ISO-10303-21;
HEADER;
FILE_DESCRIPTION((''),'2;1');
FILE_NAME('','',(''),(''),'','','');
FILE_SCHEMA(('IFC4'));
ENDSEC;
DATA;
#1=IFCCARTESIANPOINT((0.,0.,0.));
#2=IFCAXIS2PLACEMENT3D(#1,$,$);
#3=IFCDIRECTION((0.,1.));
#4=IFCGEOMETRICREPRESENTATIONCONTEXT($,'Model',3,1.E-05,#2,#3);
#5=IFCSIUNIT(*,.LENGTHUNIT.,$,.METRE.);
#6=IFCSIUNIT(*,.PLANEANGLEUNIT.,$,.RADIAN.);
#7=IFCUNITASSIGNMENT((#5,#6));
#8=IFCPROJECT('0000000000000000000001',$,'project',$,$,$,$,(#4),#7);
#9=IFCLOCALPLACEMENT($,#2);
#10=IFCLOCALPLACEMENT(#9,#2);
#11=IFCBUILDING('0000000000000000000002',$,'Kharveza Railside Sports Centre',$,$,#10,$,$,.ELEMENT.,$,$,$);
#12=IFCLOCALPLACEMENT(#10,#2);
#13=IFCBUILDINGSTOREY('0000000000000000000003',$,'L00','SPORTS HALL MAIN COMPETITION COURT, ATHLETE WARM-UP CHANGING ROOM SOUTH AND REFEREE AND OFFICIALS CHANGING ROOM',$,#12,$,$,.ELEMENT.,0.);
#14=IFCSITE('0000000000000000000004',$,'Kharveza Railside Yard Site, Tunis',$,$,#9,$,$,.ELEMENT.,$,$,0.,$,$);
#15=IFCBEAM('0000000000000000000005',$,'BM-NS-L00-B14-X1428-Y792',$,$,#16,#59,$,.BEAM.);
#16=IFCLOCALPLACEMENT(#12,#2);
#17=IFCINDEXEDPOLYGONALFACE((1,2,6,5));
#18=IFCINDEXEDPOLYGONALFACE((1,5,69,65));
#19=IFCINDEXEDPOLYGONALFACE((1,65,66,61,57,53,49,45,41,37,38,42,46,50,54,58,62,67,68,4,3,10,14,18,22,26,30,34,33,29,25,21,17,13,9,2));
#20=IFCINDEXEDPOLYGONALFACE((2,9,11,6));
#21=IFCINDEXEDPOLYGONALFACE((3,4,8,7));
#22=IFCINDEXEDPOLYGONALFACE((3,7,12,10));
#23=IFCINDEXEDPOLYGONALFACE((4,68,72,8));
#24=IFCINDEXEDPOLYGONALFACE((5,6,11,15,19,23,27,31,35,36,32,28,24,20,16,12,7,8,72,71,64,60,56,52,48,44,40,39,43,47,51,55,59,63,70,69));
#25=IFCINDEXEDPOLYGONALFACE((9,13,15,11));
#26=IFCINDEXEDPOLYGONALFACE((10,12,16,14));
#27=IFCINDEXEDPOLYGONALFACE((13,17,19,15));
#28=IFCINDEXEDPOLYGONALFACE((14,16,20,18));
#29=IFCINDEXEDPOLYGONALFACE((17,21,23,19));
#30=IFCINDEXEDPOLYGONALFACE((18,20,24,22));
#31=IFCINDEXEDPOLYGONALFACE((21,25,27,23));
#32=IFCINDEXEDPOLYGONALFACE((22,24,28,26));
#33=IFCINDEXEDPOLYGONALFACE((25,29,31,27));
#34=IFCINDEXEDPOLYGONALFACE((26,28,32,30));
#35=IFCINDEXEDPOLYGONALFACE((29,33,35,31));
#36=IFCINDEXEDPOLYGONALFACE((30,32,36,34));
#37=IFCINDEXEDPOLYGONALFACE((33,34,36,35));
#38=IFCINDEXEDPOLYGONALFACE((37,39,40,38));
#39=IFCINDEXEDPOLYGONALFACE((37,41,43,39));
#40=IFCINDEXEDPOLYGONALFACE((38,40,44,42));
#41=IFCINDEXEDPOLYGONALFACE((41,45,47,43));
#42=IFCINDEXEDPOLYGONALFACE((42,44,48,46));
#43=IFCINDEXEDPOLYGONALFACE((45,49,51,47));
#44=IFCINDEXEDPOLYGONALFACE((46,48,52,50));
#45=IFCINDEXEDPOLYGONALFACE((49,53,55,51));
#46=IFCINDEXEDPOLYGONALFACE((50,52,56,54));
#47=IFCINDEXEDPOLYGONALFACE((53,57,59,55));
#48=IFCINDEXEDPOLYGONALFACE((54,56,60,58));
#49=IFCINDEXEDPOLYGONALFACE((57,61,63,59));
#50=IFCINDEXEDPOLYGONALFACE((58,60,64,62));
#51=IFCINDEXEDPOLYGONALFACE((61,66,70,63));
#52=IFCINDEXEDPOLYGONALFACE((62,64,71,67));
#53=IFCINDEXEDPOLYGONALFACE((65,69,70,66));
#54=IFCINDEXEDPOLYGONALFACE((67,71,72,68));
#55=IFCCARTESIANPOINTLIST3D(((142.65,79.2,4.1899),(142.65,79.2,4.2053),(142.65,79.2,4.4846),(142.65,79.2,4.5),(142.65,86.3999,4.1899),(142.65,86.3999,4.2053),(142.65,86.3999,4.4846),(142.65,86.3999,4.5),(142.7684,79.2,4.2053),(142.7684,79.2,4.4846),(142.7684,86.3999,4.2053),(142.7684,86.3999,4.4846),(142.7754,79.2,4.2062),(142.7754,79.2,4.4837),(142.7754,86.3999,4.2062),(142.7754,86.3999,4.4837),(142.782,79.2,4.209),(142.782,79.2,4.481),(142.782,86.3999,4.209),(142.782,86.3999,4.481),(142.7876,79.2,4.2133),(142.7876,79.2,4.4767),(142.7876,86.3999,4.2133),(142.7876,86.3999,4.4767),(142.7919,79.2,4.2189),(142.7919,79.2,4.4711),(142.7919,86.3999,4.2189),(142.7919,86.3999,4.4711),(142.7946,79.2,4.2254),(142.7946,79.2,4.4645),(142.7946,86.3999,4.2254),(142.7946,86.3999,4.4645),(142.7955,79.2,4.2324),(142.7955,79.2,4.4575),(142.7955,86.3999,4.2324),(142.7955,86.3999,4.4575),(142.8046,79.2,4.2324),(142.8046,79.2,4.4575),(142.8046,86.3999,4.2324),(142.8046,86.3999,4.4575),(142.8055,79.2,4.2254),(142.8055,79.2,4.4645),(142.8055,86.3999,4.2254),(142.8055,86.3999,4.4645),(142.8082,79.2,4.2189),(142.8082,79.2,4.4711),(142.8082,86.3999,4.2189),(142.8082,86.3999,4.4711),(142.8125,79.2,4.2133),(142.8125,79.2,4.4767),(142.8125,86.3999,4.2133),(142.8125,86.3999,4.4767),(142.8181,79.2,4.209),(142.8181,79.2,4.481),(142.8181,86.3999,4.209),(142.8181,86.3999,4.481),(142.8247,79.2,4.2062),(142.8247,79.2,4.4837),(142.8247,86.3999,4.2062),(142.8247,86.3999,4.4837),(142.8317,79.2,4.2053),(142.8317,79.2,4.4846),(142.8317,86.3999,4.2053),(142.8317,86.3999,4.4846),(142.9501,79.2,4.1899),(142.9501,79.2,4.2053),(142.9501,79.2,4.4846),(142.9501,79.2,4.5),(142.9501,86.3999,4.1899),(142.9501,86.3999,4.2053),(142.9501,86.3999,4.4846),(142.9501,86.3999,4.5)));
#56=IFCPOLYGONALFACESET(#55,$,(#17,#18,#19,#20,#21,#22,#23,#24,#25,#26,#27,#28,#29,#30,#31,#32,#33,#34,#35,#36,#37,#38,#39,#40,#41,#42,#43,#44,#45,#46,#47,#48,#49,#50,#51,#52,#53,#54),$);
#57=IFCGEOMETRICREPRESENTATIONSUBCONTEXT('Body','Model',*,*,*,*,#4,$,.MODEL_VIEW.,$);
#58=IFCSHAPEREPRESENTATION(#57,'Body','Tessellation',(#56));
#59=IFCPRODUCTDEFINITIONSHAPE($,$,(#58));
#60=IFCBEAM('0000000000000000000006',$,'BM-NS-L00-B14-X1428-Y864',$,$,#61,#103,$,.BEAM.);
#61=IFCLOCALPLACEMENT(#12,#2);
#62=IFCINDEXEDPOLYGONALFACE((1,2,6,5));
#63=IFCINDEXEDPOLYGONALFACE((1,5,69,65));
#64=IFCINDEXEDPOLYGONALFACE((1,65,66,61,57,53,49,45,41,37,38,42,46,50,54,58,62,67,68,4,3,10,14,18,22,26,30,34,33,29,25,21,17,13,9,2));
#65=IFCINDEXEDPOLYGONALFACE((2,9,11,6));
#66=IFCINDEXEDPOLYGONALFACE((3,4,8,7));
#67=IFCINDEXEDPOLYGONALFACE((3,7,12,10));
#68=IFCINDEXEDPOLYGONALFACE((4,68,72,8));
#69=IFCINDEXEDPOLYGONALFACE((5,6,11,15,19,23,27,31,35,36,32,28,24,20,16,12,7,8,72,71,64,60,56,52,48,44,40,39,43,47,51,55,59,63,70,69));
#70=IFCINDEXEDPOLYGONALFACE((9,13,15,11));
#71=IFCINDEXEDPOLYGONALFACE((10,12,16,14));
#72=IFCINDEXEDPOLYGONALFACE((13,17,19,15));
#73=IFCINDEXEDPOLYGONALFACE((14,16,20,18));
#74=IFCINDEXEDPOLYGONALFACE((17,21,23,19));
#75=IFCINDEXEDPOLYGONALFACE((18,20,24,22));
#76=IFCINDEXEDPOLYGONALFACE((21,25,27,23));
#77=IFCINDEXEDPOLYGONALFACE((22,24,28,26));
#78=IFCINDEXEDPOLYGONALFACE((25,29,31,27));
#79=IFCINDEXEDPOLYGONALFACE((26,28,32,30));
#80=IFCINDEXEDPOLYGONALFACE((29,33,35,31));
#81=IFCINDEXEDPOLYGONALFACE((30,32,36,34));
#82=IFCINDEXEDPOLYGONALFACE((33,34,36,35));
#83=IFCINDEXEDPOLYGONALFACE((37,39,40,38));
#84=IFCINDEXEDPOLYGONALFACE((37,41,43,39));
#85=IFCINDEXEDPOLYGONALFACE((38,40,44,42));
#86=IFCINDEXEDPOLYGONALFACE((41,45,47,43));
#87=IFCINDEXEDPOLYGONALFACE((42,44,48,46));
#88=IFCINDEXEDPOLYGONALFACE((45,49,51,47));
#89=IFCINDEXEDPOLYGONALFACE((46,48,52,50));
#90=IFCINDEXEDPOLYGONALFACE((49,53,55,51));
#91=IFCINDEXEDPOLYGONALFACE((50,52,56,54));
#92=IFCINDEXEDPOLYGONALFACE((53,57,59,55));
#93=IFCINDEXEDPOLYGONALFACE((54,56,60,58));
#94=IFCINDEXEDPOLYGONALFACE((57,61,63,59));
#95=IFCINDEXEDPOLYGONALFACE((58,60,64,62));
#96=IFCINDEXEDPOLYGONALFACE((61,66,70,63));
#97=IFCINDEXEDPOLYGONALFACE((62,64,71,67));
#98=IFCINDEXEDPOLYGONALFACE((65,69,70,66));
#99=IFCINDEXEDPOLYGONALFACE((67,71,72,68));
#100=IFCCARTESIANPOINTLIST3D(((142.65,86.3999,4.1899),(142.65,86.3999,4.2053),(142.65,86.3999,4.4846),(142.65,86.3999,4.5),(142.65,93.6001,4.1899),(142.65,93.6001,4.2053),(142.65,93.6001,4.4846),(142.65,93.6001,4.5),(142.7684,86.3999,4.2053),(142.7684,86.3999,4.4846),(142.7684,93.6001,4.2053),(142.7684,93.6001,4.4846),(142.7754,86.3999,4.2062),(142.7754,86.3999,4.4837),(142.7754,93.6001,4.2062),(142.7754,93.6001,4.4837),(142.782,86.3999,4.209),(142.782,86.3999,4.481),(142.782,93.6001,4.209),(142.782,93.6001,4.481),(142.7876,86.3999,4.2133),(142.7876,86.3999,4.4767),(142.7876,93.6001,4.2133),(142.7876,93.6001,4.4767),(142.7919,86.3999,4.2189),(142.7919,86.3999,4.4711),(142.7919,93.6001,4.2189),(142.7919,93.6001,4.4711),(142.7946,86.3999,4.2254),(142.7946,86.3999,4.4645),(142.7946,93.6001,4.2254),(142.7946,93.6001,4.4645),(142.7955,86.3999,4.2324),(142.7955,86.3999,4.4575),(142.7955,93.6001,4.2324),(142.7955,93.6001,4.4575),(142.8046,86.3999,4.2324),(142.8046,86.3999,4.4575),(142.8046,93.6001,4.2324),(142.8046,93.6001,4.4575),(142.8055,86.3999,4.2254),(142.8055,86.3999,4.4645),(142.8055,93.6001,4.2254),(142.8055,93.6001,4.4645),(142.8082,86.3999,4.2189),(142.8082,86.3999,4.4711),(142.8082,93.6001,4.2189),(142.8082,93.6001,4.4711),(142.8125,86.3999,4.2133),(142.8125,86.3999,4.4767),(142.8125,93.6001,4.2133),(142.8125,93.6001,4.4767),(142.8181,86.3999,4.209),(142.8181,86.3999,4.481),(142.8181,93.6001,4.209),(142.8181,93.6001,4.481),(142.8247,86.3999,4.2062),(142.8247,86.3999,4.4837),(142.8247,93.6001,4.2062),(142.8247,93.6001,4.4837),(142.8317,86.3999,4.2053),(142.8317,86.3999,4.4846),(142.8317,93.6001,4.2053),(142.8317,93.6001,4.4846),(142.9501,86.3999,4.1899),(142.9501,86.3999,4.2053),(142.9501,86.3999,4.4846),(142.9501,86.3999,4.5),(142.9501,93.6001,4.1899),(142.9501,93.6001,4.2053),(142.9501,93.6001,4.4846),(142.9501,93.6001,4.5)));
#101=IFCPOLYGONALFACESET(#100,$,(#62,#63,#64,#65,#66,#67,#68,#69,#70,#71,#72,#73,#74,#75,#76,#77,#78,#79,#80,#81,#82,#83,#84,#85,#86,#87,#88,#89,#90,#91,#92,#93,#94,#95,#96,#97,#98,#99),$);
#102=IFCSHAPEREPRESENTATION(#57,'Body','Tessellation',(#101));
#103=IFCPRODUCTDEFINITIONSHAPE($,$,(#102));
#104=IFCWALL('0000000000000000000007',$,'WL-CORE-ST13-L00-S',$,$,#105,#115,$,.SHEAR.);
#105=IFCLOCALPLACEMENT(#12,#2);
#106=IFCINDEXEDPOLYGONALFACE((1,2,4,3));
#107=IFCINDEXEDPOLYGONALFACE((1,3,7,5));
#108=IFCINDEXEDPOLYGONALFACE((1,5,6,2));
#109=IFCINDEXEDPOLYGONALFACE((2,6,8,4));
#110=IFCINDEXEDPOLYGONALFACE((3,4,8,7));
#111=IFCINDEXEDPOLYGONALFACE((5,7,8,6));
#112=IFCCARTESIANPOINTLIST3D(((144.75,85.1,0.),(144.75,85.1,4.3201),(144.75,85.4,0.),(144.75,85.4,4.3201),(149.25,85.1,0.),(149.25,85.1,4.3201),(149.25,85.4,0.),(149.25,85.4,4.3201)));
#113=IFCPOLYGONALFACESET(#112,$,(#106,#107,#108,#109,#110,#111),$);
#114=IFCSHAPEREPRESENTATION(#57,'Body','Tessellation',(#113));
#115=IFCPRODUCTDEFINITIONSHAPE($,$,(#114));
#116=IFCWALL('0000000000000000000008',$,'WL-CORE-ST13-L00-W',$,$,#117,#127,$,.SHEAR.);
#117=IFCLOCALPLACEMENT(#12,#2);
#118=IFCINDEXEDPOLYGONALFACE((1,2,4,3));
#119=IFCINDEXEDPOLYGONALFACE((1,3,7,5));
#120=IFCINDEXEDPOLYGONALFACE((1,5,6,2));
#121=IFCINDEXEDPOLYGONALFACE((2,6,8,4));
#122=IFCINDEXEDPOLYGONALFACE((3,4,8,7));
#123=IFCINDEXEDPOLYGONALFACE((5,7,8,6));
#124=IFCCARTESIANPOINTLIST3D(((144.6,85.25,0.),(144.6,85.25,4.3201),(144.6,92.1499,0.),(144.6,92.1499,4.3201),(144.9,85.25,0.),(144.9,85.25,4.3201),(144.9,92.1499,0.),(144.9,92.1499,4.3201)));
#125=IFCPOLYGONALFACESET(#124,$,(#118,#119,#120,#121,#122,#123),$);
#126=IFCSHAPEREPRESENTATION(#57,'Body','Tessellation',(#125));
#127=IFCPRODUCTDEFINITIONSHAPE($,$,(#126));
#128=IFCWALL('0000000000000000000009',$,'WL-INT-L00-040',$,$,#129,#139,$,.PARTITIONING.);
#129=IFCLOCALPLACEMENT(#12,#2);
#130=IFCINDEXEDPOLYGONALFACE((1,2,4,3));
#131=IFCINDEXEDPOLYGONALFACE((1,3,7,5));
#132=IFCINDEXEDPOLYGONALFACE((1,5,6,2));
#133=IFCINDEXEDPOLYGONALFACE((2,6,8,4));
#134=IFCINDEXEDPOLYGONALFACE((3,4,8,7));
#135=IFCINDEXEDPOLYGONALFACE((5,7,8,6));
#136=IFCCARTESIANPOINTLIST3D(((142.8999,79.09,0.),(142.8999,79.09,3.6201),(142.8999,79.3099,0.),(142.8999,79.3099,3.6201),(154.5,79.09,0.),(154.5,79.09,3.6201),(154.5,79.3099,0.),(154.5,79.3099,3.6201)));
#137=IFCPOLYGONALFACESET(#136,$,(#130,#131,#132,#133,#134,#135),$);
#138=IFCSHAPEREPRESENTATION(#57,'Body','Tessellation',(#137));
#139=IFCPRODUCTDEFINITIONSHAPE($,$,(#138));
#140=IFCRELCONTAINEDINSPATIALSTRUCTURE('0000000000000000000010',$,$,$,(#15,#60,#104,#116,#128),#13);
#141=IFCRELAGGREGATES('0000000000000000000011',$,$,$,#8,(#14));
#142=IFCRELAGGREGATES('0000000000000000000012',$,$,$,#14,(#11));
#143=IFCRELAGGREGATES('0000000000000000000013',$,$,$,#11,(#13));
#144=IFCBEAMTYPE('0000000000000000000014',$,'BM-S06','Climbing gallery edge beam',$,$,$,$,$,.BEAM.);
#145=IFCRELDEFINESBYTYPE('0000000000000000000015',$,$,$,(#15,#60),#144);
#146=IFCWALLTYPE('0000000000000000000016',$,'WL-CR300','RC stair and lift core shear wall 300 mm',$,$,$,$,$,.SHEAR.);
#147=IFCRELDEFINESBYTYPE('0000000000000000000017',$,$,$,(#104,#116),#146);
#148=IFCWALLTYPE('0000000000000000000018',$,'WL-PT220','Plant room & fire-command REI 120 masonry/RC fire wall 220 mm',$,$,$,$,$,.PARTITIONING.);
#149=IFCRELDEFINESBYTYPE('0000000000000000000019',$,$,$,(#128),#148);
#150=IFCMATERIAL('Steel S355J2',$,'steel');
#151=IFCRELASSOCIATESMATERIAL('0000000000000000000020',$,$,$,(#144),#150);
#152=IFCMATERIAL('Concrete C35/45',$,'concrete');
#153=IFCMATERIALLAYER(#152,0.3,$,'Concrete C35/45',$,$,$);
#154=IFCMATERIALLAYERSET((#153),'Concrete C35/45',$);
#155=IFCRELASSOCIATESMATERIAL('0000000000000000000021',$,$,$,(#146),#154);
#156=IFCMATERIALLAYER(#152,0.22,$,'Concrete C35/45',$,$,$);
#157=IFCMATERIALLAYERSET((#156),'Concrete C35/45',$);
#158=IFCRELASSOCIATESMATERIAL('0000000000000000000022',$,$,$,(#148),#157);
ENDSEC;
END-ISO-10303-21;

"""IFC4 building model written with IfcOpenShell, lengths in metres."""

from ifc_helpers import new_model, si_unit, direction, frame, frame_2d, origin, origin_2d, place, context, subcontext, project, spatial, rectangle, i_section, extrude, material, layer, layer_set, material_profile, profile_set, type_object, element, save


model = new_model("IFC4")

# Units and contexts
model_context = context("Model", 3, precision=1e-05, world=origin(), true_north=direction((0.0, 1.0)))
body_context = subcontext(model_context, "Body", "Model", "MODEL_VIEW")
ifc_project = project(units=[si_unit("LENGTHUNIT", "METRE"), si_unit("PLANEANGLEUNIT", "RADIAN")], contexts=[model_context])

# Site, building, storey
site_placement = place(None, origin())
site = spatial("IfcSite", under=ifc_project, at=site_placement, Name="Kharveza Railside Yard Site, Tunis", CompositionType="ELEMENT", RefElevation=0.0)
building_placement = place(site_placement, origin())
building = spatial("IfcBuilding", under=site, at=building_placement, Name="Kharveza Railside Sports Centre", CompositionType="ELEMENT")
storey_placement = place(building_placement, origin())
storey = spatial("IfcBuildingStorey", under=building, at=storey_placement, Name="L00", Description="SPORTS HALL MAIN COMPETITION COURT, ATHLETE WARM-UP CHANGING ROOM SOUTH AND REFEREE AND OFFICIALS CHANGING ROOM", CompositionType="ELEMENT", Elevation=0.0)

# Shared definitions
ifc_material_1 = material(Name="Concrete C35/45", Category="concrete")

# Shared definitions
ifc_material_2 = material(Name="Steel S355J2", Category="steel")

# Beams
ifc_material_profile_1 = material_profile(ifc_material_2, i_section(OverallWidth=0.3, OverallDepth=0.3101, WebThickness=0.009, FlangeThickness=0.0154, FilletRadius=0.0271, at=origin_2d()), Name="HEA 320")
ifc_profile_set_1 = profile_set([ifc_material_profile_1], Name="Steel S355J2")
beam_type_1 = type_object("IfcBeamType", Name="BM-S06", Description="Climbing gallery edge beam", PredefinedType="BEAM", material=ifc_profile_set_1)
beam_1_placement = place(storey_placement, frame((142.8, 79.2, 4.345), z_axis=(0.0, 1.0, 0.0), x_axis=(-1.0, 0.0, 0.0)))
element("IfcBeam", 1, at=beam_1_placement, inside=storey, type_object=beam_type_1, Name="BM-NS-L00-B14-X1428-Y792", PredefinedType="BEAM", context=body_context, shape_type="SweptSolid", body=[
    extrude(i_section(OverallWidth=0.3, OverallDepth=0.3101, WebThickness=0.009, FlangeThickness=0.0154, FilletRadius=0.0271, at=origin_2d()), origin(), (0.0, 0.0, 1.0), 7.2),
])
beam_2_placement = place(storey_placement, frame((142.8, 86.3999, 4.345), z_axis=(0.0, 1.0, 0.0), x_axis=(-1.0, 0.0, 0.0)))
element("IfcBeam", 2, at=beam_2_placement, inside=storey, type_object=beam_type_1, Name="BM-NS-L00-B14-X1428-Y864", PredefinedType="BEAM", context=body_context, shape_type="SweptSolid", body=[
    extrude(i_section(OverallWidth=0.3, OverallDepth=0.3101, WebThickness=0.009, FlangeThickness=0.0154, FilletRadius=0.0271, at=origin_2d()), origin(), (0.0, 0.0, 1.0), 7.2002),
])

# Walls
ifc_layer_1 = layer(ifc_material_1, 0.3, Name="Concrete C35/45")
ifc_layer_set_1 = layer_set([ifc_layer_1], Name="Concrete C35/45")
wall_type_1 = type_object("IfcWallType", Name="WL-CR300", Description="RC stair and lift core shear wall 300 mm", PredefinedType="SHEAR", material=ifc_layer_set_1)
wall_1_placement = place(storey_placement, frame((144.75, 85.25, 0.0), z_axis=(0.0, 0.0, 1.0), x_axis=(1.0, 0.0, 0.0)))
element("IfcWall", 3, at=wall_1_placement, inside=storey, type_object=wall_type_1, Name="WL-CORE-ST13-L00-S", PredefinedType="SHEAR", context=body_context, shape_type="SweptSolid", body=[
    extrude(rectangle(XDim=4.5, YDim=0.3, at=frame_2d((2.25, 0.0))), origin(), (0.0, 0.0, 1.0), 4.3201),
])
wall_2_placement = place(storey_placement, frame((144.75, 92.1499, 0.0), z_axis=(0.0, 0.0, 1.0), x_axis=(0.0, -1.0, 0.0)))
element("IfcWall", 4, at=wall_2_placement, inside=storey, type_object=wall_type_1, Name="WL-CORE-ST13-L00-W", PredefinedType="SHEAR", context=body_context, shape_type="SweptSolid", body=[
    extrude(rectangle(XDim=6.8999, YDim=0.3, at=frame_2d((3.45, 0.0))), origin(), (0.0, 0.0, 1.0), 4.3201),
])
ifc_layer_2 = layer(ifc_material_1, 0.22, Name="Concrete C35/45")
ifc_layer_set_2 = layer_set([ifc_layer_2], Name="Concrete C35/45")
wall_type_2 = type_object("IfcWallType", Name="WL-PT220", Description="Plant room & fire-command REI 120 masonry/RC fire wall 220 mm", PredefinedType="PARTITIONING", material=ifc_layer_set_2)
wall_3_placement = place(storey_placement, frame((142.8999, 79.2, 0.0), z_axis=(0.0, 0.0, 1.0), x_axis=(1.0, 0.0, 0.0)))
element("IfcWall", 5, at=wall_3_placement, inside=storey, type_object=wall_type_2, Name="WL-INT-L00-040", PredefinedType="PARTITIONING", context=body_context, shape_type="SweptSolid", body=[
    extrude(rectangle(XDim=11.6001, YDim=0.22, at=frame_2d((5.8, 0.0))), origin(), (0.0, 0.0, 1.0), 3.6201),
])

save(model, "model.ifc")
